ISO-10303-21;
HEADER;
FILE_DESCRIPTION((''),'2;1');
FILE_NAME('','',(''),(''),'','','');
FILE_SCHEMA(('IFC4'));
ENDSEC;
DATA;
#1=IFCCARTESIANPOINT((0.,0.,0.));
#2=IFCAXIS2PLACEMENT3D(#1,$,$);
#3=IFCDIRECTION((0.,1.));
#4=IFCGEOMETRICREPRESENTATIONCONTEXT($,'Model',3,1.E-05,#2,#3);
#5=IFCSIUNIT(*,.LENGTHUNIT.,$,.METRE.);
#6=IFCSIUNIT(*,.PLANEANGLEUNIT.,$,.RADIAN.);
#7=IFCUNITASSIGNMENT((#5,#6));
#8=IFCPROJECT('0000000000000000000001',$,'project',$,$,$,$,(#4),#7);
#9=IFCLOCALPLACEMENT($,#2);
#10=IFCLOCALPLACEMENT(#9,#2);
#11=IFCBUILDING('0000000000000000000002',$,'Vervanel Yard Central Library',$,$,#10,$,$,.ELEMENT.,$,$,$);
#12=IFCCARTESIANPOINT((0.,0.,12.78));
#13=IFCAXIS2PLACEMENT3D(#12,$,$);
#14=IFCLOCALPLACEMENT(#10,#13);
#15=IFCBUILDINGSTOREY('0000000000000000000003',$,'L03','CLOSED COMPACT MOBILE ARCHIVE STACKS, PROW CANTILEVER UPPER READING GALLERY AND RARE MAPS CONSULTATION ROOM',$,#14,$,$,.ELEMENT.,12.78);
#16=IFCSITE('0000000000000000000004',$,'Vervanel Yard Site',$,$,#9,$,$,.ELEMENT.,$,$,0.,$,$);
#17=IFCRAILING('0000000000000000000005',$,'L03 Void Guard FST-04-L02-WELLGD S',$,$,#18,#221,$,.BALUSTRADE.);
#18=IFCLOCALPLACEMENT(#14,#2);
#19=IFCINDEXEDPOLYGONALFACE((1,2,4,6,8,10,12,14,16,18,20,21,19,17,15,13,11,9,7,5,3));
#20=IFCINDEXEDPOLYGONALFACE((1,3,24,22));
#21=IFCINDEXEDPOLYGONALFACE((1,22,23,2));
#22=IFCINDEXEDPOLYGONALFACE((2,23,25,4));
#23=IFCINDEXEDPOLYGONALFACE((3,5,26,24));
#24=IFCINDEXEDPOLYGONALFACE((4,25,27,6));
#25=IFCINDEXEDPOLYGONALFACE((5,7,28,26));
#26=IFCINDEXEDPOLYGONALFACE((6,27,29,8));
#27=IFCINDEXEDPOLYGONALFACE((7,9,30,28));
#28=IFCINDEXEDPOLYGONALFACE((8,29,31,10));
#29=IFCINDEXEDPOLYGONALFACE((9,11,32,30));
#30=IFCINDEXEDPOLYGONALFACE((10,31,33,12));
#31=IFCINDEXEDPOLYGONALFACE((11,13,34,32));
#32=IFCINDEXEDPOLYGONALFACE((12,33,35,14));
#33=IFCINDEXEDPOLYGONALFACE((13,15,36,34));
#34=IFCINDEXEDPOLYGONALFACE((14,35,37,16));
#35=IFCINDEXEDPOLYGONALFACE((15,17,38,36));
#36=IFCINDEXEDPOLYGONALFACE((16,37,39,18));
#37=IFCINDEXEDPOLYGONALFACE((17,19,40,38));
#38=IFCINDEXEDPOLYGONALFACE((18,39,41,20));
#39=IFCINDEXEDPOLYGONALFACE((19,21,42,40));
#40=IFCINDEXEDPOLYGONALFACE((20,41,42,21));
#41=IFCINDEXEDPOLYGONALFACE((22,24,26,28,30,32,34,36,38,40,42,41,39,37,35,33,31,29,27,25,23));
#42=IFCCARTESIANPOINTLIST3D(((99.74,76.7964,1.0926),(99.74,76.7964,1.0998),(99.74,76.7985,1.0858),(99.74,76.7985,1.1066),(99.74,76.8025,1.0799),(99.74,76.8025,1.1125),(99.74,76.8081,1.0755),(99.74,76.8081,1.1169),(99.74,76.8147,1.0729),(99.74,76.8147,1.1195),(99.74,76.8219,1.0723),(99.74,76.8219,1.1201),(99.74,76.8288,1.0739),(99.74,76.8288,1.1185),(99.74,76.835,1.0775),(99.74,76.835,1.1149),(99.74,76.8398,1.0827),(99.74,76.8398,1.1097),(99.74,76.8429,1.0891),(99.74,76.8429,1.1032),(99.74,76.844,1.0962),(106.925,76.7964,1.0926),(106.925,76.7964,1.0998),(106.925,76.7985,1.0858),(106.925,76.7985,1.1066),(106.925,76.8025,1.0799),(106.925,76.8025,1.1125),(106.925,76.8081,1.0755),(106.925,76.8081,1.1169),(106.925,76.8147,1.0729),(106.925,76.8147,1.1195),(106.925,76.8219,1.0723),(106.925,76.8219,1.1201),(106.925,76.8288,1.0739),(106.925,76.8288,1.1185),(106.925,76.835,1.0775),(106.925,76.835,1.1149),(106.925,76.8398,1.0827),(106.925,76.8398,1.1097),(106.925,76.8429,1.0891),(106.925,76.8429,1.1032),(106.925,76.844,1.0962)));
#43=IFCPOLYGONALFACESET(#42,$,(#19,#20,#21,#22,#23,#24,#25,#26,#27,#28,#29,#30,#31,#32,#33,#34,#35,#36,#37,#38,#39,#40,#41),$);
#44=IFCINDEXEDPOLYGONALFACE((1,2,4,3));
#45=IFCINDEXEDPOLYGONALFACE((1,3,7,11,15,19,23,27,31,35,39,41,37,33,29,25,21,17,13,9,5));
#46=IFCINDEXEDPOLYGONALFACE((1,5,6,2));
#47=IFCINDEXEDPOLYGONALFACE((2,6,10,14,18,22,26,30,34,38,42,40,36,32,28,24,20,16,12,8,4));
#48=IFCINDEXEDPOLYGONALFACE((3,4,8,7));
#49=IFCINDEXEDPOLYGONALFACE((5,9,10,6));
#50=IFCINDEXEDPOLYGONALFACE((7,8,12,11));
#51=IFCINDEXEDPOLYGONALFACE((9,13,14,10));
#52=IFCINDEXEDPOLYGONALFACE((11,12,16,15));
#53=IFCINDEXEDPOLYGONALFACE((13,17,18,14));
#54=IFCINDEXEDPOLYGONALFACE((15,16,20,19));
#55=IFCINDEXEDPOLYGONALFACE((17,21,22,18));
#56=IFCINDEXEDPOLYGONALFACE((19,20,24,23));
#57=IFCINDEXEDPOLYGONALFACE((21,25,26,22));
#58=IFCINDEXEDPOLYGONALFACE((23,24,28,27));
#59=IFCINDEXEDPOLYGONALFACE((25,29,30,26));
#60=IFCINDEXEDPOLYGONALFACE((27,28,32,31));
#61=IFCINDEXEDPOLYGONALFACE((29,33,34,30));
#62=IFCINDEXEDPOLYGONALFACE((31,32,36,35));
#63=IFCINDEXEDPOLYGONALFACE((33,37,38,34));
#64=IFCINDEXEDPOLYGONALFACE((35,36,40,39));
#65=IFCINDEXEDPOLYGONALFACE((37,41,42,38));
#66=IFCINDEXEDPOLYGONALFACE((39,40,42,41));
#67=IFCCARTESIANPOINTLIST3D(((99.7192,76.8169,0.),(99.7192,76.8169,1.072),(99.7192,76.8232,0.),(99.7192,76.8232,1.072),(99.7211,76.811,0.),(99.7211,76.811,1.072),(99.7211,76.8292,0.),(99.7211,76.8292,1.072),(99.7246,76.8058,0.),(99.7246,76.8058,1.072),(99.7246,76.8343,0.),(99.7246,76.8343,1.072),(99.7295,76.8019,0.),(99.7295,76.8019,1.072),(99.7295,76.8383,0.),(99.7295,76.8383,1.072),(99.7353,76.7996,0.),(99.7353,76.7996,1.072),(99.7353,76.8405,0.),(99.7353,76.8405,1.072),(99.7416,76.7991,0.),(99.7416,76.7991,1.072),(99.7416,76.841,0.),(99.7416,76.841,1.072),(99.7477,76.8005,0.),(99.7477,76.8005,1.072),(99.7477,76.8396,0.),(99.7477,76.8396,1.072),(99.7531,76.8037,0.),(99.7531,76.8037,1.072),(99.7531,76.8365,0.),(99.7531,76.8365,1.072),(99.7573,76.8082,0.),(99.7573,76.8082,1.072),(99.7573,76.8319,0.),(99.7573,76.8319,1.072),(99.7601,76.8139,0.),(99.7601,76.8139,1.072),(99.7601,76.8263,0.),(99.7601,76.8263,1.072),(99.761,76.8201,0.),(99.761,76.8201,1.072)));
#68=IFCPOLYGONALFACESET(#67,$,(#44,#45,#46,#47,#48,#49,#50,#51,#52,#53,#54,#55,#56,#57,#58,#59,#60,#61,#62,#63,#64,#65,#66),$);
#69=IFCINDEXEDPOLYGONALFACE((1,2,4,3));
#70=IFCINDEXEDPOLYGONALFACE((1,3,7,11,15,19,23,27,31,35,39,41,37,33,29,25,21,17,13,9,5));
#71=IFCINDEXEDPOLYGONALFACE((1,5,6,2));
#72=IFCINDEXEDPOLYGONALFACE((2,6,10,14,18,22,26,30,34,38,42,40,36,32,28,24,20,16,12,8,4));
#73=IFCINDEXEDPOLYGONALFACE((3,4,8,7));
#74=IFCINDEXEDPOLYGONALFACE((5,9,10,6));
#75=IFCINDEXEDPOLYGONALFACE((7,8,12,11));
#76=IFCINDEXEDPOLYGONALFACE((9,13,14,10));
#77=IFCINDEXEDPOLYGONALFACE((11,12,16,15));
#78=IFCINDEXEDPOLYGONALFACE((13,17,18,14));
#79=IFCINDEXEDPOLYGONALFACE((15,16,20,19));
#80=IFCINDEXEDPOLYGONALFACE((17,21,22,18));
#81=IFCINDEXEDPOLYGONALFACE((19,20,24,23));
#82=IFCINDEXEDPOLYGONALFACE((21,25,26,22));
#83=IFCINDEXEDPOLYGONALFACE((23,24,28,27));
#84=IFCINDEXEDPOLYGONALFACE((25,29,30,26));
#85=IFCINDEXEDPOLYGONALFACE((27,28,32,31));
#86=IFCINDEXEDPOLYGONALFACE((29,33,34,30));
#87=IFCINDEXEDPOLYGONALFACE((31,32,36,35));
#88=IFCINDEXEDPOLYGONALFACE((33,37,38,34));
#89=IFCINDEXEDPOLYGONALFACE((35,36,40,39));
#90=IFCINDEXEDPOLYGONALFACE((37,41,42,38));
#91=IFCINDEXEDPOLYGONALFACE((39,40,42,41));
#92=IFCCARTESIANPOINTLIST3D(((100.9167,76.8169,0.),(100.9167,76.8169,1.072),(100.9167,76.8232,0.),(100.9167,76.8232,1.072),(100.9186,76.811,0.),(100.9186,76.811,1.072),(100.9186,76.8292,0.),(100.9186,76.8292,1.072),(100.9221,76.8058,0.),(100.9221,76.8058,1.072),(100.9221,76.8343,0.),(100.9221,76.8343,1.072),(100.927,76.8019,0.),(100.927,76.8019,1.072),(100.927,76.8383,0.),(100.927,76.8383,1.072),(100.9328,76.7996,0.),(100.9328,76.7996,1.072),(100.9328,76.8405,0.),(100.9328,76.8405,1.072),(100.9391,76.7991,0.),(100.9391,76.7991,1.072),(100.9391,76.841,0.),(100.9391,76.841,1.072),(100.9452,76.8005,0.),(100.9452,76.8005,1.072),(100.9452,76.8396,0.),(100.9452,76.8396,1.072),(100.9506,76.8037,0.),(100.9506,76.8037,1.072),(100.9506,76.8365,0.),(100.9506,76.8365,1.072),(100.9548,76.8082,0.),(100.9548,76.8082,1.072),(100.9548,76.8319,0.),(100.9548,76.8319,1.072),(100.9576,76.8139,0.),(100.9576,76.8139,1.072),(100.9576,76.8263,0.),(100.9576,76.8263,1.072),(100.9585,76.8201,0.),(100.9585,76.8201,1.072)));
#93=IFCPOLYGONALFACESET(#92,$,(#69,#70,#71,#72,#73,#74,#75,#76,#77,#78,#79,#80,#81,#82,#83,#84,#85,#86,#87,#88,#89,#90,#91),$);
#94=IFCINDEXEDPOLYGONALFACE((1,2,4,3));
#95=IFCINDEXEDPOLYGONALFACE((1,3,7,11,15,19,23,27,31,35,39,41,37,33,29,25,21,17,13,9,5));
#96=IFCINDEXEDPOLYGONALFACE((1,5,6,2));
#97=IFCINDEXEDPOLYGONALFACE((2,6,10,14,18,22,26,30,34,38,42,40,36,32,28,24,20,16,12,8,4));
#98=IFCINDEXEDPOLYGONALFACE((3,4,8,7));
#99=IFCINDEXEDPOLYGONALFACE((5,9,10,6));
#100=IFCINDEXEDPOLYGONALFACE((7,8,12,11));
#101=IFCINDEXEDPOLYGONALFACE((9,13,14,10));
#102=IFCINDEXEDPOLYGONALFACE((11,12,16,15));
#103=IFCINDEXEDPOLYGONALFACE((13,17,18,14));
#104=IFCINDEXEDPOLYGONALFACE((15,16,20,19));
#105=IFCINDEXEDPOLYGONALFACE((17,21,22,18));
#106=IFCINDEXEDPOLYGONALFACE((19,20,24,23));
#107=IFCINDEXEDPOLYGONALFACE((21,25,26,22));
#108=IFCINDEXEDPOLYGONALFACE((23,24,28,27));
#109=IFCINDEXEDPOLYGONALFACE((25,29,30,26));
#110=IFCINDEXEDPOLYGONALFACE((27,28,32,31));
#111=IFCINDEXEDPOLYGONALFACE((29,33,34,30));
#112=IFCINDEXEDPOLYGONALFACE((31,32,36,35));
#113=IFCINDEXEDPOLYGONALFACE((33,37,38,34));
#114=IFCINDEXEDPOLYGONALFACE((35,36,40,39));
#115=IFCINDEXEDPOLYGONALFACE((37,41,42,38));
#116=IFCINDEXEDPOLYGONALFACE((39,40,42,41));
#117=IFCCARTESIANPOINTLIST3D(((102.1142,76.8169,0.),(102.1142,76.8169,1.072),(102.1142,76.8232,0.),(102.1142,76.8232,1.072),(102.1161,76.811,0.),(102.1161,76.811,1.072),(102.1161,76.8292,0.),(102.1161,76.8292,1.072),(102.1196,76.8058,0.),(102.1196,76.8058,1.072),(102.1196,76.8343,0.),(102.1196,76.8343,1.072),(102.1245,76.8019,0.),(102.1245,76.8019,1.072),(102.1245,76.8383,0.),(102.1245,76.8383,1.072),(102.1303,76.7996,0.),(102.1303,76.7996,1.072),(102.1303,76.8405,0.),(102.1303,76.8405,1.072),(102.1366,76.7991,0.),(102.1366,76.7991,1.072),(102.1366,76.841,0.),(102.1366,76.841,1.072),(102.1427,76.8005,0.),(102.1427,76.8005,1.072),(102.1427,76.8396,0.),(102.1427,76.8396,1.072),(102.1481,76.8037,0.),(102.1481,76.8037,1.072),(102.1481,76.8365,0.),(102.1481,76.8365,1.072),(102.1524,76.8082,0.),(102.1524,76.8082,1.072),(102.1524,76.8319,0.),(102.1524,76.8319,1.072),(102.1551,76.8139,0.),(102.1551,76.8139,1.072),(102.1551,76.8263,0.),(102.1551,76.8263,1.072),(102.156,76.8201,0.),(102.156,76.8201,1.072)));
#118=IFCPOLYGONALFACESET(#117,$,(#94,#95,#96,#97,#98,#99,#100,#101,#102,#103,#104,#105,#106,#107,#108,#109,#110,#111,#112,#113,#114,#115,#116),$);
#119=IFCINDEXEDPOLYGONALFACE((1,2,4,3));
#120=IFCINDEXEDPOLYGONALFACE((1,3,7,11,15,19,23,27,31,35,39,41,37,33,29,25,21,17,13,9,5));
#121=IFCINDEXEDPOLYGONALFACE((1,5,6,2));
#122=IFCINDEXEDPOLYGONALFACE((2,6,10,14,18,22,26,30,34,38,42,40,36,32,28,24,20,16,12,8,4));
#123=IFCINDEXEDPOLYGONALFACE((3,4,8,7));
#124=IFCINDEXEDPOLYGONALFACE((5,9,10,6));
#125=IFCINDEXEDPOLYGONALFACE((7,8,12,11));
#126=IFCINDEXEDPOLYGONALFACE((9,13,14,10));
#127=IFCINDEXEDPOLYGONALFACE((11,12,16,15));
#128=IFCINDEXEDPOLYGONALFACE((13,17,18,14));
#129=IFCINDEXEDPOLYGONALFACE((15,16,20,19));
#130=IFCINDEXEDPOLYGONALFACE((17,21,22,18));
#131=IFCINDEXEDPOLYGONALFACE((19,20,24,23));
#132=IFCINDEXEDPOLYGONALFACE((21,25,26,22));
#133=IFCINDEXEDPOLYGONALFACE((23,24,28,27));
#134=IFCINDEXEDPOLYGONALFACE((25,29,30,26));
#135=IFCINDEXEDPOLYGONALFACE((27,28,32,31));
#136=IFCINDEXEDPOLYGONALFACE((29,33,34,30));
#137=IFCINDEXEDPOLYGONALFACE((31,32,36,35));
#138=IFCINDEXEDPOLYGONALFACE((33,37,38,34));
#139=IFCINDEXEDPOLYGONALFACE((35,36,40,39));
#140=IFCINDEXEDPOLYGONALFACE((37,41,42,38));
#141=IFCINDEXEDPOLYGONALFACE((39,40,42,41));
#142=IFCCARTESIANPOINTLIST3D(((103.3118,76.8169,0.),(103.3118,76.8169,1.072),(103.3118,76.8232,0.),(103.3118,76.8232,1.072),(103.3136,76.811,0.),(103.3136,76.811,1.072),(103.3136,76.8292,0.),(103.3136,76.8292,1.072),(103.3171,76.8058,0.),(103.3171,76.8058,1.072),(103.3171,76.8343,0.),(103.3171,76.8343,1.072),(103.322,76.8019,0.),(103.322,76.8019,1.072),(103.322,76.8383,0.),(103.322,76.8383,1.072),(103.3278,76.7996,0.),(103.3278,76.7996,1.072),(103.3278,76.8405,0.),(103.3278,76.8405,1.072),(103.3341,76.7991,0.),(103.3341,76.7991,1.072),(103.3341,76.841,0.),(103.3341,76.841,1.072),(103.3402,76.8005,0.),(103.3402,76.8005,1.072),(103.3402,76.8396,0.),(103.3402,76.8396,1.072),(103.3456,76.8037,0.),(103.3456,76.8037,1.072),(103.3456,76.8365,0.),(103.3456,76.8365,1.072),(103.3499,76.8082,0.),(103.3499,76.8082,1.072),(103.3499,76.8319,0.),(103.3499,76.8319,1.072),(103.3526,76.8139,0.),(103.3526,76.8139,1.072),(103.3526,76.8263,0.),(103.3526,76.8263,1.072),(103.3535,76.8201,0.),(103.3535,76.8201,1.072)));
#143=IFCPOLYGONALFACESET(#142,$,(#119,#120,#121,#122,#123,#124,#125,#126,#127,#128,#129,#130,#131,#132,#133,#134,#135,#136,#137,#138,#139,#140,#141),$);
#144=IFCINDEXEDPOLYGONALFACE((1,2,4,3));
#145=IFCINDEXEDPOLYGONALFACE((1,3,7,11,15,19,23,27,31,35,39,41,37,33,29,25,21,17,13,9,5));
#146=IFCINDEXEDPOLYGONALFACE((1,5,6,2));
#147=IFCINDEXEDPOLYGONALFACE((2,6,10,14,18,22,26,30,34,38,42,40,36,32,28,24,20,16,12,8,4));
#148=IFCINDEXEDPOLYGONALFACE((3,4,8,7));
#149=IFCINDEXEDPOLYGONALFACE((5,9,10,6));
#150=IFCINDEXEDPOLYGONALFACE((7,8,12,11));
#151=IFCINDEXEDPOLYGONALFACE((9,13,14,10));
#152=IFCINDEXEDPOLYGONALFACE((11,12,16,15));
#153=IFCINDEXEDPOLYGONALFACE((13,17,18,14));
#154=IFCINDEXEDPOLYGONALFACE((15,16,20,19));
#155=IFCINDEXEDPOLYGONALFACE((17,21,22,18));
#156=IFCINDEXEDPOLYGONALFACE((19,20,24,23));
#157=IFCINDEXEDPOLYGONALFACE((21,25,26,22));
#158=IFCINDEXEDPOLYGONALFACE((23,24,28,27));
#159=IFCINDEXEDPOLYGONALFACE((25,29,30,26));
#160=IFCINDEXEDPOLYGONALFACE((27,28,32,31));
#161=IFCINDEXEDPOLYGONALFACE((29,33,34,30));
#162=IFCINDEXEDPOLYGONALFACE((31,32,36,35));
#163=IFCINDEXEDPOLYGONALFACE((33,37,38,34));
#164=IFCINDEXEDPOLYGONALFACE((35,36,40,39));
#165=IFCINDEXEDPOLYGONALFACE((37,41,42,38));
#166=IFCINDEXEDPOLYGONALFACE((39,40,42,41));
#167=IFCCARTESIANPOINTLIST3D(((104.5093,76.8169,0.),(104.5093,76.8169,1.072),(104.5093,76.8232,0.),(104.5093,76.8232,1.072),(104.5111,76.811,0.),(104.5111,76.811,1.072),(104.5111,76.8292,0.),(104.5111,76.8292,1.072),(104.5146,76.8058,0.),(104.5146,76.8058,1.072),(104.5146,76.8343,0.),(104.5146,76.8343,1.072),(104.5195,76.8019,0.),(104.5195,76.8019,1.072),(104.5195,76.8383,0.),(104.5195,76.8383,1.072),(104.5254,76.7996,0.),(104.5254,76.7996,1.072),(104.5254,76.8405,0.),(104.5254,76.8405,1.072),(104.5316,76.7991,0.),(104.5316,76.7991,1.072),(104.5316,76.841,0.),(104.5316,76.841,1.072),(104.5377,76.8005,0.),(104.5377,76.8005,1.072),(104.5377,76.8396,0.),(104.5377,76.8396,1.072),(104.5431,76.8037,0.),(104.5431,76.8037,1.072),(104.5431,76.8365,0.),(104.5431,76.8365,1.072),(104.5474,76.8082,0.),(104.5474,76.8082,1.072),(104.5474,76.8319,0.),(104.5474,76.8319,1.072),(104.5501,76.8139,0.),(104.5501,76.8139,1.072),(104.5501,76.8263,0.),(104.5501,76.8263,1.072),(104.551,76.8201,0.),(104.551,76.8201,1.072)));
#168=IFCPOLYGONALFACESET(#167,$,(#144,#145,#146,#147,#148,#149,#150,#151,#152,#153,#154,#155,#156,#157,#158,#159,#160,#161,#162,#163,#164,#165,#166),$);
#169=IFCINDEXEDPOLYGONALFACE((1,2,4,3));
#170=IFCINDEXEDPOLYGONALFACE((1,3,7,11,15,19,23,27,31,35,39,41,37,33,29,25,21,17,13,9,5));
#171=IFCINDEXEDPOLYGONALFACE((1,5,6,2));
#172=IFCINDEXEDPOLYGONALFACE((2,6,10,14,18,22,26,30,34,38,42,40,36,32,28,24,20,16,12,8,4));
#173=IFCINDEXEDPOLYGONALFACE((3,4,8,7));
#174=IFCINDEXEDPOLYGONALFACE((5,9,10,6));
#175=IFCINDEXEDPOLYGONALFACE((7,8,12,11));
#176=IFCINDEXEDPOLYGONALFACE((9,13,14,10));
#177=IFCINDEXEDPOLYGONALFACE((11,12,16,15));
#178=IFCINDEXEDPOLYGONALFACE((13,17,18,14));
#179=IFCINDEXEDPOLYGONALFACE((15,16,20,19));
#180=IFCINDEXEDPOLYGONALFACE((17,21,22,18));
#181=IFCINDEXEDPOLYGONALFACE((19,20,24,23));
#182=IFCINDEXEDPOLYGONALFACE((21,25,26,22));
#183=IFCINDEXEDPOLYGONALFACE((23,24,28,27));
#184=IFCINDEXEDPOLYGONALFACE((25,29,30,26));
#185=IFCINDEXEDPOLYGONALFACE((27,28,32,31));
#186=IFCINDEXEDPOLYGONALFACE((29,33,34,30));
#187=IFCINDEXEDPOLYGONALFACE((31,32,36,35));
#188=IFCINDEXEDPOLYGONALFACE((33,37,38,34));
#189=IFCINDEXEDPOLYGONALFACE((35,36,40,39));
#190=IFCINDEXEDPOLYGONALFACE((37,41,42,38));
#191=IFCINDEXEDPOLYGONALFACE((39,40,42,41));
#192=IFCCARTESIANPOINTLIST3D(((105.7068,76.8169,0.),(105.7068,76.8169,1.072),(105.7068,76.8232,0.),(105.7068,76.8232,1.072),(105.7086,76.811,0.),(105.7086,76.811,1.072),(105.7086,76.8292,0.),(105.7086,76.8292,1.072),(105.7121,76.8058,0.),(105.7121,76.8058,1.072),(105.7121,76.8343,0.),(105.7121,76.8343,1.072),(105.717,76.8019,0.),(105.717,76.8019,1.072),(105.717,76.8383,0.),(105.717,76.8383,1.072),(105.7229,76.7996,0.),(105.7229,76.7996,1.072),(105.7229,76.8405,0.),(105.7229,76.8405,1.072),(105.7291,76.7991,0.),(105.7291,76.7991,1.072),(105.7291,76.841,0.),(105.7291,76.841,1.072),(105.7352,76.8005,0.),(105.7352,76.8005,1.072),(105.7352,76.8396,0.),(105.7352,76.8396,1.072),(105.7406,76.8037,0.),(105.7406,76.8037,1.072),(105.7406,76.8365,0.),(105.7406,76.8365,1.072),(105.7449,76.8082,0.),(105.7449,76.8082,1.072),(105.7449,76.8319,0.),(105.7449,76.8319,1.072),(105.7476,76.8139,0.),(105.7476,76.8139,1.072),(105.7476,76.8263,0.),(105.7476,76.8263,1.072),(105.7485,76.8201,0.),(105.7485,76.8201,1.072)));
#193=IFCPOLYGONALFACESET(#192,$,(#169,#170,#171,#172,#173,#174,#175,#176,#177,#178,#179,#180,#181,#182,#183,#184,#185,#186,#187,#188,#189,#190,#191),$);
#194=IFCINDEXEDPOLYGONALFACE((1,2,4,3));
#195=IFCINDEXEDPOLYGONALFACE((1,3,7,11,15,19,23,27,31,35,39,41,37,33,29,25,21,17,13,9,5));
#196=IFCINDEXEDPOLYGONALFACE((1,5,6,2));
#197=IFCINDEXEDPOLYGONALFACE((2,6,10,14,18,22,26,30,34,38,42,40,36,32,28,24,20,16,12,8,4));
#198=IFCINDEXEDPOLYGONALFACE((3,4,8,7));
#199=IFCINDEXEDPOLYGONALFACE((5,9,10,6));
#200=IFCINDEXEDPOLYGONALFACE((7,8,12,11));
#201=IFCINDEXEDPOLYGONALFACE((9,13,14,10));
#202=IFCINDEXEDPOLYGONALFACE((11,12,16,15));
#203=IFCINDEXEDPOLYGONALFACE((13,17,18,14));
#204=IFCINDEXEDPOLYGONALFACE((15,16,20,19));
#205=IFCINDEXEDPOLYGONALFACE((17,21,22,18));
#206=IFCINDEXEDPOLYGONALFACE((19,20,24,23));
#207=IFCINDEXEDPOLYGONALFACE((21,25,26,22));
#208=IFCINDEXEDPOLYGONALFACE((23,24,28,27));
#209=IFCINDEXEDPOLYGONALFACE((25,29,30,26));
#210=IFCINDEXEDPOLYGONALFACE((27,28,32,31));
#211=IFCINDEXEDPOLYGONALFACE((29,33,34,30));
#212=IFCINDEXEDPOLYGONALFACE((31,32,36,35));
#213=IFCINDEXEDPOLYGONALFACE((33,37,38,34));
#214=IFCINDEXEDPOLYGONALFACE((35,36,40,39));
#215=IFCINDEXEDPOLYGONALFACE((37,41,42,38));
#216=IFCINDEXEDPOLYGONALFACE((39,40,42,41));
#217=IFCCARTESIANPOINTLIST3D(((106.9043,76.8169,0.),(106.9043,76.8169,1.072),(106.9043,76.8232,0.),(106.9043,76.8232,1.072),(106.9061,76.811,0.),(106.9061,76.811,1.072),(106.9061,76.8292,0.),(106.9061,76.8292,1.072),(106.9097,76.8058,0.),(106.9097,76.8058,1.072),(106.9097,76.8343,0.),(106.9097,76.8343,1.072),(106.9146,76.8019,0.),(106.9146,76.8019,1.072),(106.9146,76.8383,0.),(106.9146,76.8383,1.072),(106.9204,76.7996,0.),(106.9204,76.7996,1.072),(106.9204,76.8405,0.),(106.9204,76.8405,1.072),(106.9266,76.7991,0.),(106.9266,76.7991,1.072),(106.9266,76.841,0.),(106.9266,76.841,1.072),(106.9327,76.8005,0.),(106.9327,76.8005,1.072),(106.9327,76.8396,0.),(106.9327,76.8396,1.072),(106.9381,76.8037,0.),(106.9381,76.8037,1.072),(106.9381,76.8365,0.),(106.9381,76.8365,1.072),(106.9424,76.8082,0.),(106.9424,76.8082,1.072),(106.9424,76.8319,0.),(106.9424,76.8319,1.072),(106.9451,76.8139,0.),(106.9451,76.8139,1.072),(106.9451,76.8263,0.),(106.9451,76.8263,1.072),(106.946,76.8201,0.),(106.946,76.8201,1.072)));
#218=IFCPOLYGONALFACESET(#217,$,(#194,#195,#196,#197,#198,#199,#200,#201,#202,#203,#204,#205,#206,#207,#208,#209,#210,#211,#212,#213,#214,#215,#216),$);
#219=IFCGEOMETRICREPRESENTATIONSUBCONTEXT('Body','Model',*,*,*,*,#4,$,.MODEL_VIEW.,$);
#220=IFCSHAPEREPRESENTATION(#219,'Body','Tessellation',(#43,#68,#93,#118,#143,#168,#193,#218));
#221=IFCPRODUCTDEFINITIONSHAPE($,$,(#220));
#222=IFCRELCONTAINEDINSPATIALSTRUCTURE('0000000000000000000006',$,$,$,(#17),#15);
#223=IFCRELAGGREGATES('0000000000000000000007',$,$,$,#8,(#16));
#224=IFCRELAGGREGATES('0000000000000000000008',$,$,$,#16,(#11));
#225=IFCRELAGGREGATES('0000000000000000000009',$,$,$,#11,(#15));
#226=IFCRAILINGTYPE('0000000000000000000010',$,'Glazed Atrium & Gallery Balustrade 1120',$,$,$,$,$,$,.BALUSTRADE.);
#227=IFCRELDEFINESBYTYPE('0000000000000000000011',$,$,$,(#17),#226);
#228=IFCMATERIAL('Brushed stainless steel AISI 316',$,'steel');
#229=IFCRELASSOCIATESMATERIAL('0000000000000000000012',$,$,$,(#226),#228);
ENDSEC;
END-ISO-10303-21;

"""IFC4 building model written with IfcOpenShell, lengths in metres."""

from ifc_helpers import new_model, si_unit, direction, frame, origin, origin_2d, place, context, subcontext, project, spatial, circle, extrude, material, type_object, element, save


model = new_model("IFC4")

# Units and contexts
model_context = context("Model", 3, precision=1e-05, world=origin(), true_north=direction((0.0, 1.0)))
body_context = subcontext(model_context, "Body", "Model", "MODEL_VIEW")
ifc_project = project(units=[si_unit("LENGTHUNIT", "METRE"), si_unit("PLANEANGLEUNIT", "RADIAN")], contexts=[model_context])

# Site, building, storey
site_placement = place(None, origin())
site = spatial("IfcSite", under=ifc_project, at=site_placement, Name="Vervanel Yard Site", CompositionType="ELEMENT", RefElevation=0.0)
building_placement = place(site_placement, origin())
building = spatial("IfcBuilding", under=site, at=building_placement, Name="Vervanel Yard Central Library", CompositionType="ELEMENT")
storey_placement = place(building_placement, frame((0.0, 0.0, 12.78)))
storey = spatial("IfcBuildingStorey", under=building, at=storey_placement, Name="L03", Description="CLOSED COMPACT MOBILE ARCHIVE STACKS, PROW CANTILEVER UPPER READING GALLERY AND RARE MAPS CONSULTATION ROOM", CompositionType="ELEMENT", Elevation=12.78)

# Railing
ifc_material_1 = material(Name="Brushed stainless steel AISI 316", Category="steel")
railing_type = type_object("IfcRailingType", Name="Glazed Atrium & Gallery Balustrade 1120", PredefinedType="BALUSTRADE", material=ifc_material_1)
railing_1_placement = place(storey_placement, frame((99.74, 76.8201, 0.0)))
element("IfcRailing", 1, at=railing_1_placement, inside=storey, type_object=railing_type, Name="L03 Void Guard FST-04-L02-WELLGD S", PredefinedType="BALUSTRADE", context=body_context, shape_type="SweptSolid", body=[
    extrude(circle(Radius=0.0239, at=origin_2d()), frame((0.0, 0.0, 1.0962), z_axis=(1.0, 0.0, 0.0), x_axis=(0.0, 1.0, 0.0)), (0.0, 0.0, 1.0), 7.1851),
    extrude(circle(Radius=0.021, at=origin_2d()), origin(), (0.0, 0.0, 1.0), 1.072),
    extrude(circle(Radius=0.021, at=origin_2d()), frame((1.1975, 0.0, 0.0)), (0.0, 0.0, 1.0), 1.072),
    extrude(circle(Radius=0.021, at=origin_2d()), frame((2.395, 0.0, 0.0)), (0.0, 0.0, 1.0), 1.072),
    extrude(circle(Radius=0.021, at=origin_2d()), frame((3.5925, 0.0, 0.0)), (0.0, 0.0, 1.0), 1.072),
    extrude(circle(Radius=0.021, at=origin_2d()), frame((4.79, 0.0, 0.0)), (0.0, 0.0, 1.0), 1.072),
    extrude(circle(Radius=0.021, at=origin_2d()), frame((5.9875, 0.0, 0.0)), (0.0, 0.0, 1.0), 1.072),
    extrude(circle(Radius=0.021, at=origin_2d()), frame((7.1851, 0.0, 0.0)), (0.0, 0.0, 1.0), 1.072),
])

save(model, "model.ifc")
